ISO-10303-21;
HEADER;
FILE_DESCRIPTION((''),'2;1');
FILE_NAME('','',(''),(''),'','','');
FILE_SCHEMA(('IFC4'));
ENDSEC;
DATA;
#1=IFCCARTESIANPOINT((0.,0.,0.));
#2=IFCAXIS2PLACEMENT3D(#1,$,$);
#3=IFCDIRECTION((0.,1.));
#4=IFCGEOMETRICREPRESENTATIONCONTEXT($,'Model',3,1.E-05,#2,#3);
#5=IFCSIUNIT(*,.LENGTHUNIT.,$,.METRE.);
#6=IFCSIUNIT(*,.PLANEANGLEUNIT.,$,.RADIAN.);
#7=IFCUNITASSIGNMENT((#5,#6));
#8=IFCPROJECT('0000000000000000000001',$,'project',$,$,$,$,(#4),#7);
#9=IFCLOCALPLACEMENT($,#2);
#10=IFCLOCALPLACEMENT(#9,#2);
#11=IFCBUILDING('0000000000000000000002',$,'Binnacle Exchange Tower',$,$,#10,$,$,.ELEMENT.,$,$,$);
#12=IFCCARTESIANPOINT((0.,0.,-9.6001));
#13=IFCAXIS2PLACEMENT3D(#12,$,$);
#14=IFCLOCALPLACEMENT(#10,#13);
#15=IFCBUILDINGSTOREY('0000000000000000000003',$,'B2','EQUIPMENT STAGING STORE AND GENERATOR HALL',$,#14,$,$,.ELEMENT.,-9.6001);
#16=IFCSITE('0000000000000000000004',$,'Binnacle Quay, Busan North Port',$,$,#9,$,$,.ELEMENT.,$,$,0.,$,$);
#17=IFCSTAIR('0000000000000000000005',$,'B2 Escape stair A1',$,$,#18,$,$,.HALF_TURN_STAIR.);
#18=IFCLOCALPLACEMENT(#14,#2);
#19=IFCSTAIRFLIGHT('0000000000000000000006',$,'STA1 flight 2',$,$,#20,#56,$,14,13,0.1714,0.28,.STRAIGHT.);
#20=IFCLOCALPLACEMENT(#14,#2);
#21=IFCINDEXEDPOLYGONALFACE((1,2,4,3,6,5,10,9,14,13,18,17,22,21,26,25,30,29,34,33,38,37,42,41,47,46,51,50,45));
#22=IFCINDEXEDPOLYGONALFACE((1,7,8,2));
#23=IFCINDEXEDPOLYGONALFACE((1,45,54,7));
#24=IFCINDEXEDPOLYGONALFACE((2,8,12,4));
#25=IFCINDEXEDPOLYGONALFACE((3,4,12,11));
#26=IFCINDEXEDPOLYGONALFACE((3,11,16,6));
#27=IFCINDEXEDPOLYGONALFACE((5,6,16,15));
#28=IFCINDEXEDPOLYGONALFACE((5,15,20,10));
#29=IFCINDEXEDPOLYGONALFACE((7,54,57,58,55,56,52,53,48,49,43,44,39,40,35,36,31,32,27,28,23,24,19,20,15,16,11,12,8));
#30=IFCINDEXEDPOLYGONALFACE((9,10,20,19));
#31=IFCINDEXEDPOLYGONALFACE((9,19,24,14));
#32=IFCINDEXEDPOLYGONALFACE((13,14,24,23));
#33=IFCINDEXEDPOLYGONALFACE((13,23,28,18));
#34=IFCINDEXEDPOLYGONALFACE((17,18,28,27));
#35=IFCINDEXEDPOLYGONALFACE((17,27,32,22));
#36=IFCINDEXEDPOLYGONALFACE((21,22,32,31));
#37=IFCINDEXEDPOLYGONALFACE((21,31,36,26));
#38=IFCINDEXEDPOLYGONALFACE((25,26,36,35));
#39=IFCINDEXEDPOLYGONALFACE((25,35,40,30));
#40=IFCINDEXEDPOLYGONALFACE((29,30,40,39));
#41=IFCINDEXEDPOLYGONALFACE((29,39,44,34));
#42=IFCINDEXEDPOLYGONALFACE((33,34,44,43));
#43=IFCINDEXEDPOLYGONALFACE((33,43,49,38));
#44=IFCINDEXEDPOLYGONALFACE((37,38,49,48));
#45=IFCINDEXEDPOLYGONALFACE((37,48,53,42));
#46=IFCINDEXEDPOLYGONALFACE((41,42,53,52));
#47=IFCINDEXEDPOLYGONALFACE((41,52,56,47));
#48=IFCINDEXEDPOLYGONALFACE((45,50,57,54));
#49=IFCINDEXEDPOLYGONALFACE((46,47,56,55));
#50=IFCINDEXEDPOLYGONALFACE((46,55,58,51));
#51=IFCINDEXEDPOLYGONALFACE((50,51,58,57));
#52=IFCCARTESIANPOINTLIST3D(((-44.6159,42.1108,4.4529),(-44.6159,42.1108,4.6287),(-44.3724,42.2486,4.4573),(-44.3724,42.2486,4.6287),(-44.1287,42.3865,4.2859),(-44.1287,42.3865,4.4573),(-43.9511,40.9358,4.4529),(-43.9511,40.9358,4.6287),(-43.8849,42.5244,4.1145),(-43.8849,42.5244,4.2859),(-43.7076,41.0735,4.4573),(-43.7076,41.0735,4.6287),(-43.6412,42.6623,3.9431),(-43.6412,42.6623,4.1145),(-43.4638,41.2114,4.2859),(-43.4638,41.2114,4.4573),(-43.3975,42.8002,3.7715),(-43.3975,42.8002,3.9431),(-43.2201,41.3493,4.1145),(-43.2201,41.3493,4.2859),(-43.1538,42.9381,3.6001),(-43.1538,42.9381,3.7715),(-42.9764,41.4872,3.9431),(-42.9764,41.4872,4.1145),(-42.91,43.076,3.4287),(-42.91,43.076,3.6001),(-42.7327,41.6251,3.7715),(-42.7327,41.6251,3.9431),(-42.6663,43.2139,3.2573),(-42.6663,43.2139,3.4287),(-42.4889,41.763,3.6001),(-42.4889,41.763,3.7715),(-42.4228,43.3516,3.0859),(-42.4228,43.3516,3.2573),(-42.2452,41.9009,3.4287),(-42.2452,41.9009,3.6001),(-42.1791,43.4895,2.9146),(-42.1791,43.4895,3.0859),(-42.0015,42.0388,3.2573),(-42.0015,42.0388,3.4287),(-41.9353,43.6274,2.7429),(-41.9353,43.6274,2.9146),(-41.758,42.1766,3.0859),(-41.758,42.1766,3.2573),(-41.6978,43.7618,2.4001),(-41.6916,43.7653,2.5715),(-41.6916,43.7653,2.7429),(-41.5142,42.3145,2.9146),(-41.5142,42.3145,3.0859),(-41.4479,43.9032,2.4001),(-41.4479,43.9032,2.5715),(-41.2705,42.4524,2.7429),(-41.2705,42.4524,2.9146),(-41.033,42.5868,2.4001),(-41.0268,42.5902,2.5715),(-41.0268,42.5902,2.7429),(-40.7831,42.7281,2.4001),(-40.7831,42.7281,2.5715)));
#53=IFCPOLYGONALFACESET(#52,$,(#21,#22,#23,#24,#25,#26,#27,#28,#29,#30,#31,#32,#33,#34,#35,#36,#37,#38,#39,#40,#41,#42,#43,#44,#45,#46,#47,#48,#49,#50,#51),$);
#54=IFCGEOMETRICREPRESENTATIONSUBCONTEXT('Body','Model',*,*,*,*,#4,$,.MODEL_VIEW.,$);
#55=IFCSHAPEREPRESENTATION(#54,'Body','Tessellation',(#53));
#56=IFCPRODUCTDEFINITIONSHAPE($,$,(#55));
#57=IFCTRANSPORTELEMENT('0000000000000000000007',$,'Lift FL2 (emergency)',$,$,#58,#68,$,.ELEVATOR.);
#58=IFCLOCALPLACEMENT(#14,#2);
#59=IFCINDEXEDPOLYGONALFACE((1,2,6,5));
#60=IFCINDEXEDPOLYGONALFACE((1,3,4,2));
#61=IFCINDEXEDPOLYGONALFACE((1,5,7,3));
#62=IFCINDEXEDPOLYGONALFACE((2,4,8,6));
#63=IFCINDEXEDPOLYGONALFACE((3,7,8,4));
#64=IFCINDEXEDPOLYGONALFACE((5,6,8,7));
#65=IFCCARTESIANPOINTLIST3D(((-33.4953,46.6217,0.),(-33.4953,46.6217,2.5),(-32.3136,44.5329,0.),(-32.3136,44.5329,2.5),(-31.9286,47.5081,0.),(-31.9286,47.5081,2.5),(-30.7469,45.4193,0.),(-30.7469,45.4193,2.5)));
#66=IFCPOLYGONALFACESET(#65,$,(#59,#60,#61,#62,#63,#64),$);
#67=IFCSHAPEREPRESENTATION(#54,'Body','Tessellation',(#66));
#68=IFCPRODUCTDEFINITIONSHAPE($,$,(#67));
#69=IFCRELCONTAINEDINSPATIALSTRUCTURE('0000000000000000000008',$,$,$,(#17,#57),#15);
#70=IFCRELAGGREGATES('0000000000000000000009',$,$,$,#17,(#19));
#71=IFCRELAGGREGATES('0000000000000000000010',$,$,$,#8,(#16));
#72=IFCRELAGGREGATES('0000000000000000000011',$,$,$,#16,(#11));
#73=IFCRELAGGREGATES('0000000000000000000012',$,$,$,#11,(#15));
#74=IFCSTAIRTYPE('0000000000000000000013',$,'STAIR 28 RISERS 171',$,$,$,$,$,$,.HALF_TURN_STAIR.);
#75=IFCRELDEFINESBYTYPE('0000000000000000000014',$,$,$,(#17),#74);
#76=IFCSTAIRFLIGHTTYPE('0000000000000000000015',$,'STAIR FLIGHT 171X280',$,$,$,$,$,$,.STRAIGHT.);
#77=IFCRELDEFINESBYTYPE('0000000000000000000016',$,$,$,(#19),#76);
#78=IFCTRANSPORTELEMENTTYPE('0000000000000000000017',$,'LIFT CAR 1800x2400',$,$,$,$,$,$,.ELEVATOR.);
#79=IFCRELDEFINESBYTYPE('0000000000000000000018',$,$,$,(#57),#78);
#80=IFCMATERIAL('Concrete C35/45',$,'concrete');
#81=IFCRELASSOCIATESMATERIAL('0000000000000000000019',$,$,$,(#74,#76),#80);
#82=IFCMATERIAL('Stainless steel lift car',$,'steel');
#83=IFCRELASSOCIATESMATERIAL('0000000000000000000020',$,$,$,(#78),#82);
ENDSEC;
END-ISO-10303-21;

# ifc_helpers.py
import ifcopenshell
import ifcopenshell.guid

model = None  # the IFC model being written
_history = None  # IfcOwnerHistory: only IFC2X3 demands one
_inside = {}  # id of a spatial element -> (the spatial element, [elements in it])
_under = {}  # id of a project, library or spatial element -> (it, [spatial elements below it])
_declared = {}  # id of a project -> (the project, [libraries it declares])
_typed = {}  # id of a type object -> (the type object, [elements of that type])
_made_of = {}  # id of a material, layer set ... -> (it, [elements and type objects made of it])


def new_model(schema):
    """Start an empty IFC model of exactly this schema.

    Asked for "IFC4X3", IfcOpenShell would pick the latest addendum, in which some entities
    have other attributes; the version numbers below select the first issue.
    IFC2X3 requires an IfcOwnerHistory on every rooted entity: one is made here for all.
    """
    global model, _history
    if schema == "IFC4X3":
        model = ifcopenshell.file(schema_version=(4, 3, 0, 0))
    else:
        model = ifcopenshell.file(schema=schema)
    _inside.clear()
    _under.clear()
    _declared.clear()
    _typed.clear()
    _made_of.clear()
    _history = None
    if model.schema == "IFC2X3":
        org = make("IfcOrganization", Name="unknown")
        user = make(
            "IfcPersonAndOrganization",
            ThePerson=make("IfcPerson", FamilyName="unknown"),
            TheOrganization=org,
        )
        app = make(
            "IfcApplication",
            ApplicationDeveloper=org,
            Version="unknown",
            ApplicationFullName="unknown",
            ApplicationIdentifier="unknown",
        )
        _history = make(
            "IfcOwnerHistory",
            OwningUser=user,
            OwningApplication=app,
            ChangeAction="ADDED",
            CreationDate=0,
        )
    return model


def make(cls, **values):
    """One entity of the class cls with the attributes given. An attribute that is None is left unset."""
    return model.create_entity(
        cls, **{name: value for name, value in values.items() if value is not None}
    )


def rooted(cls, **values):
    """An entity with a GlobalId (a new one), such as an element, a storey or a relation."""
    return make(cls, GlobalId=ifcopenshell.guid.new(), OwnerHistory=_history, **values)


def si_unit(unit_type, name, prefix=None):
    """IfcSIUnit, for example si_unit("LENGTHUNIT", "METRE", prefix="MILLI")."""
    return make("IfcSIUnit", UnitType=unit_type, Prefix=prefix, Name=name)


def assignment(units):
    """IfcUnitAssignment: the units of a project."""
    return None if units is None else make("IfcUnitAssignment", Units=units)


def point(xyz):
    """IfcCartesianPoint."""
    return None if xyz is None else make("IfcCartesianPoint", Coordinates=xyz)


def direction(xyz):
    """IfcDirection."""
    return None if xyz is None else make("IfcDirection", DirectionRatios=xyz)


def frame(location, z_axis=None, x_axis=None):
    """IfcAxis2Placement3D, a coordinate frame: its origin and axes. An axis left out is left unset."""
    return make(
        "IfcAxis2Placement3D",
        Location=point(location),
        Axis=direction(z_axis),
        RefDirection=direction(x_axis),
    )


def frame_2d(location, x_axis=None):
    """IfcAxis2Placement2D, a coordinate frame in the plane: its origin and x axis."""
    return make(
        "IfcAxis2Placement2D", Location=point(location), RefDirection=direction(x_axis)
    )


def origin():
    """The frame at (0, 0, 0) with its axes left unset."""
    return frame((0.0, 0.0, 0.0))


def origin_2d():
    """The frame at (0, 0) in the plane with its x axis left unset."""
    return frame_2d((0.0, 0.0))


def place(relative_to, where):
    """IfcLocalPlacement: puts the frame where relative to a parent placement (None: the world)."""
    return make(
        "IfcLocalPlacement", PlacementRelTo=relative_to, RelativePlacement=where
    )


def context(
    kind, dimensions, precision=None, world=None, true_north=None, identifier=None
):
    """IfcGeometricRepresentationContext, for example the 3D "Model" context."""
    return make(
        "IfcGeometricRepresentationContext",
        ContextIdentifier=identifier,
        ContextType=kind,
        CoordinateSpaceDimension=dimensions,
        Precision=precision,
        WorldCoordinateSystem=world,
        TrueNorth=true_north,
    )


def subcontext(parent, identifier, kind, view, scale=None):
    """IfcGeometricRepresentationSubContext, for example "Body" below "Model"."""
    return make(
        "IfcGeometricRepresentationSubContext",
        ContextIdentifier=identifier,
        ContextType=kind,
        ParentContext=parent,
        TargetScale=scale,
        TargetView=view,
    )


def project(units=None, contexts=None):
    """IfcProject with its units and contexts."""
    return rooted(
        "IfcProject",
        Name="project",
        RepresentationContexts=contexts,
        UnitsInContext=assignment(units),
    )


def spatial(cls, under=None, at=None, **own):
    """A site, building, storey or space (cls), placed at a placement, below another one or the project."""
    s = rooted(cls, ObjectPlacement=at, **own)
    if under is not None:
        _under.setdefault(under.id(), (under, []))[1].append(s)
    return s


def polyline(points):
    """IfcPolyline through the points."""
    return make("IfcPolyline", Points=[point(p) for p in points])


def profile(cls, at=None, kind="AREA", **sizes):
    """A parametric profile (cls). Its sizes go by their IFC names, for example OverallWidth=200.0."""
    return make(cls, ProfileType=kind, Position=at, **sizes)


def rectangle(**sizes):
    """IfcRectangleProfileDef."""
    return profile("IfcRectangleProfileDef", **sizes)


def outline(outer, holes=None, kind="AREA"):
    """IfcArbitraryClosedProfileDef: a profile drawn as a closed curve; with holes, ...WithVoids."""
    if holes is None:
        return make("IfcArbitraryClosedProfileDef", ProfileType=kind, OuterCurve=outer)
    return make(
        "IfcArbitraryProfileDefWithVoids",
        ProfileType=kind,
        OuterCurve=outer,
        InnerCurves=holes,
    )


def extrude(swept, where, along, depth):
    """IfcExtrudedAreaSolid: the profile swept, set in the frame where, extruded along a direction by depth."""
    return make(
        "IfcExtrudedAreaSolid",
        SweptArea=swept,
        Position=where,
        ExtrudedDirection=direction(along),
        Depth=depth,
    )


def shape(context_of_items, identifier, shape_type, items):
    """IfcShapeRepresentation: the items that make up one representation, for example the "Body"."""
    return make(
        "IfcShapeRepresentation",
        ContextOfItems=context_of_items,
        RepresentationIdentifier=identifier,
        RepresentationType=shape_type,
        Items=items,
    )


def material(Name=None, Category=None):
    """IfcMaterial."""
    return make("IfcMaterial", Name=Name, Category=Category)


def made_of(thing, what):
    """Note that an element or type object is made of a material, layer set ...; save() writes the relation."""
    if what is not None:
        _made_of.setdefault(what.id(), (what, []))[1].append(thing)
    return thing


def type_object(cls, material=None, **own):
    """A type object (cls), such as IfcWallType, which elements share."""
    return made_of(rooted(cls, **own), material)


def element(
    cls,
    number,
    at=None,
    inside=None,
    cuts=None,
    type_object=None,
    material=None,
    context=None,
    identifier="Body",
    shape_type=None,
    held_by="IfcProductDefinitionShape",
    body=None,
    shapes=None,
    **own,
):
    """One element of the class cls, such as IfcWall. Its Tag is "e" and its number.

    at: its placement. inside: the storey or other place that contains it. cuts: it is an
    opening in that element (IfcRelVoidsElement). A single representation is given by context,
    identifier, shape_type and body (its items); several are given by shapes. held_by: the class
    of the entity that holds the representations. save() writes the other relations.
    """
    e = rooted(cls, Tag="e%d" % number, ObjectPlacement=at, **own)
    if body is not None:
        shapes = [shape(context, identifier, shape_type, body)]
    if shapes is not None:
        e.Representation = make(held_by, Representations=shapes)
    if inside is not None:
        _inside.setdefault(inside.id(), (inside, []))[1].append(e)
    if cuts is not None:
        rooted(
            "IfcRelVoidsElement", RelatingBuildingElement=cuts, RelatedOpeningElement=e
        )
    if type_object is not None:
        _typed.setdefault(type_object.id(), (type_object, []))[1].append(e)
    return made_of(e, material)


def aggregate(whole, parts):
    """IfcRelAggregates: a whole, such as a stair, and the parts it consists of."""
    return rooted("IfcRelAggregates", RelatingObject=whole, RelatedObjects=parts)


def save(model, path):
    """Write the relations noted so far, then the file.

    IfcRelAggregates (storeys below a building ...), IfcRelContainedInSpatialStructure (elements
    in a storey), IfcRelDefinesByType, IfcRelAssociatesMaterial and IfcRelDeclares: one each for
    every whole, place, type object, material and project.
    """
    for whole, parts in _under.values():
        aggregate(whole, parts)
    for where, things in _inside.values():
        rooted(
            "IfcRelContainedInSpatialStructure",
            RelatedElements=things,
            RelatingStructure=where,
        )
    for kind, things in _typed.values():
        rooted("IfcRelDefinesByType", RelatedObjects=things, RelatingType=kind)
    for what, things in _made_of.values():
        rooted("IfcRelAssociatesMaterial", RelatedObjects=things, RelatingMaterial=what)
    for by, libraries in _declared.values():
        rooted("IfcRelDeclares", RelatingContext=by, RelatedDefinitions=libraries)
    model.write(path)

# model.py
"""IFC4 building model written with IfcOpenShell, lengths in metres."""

from ifc_helpers import new_model, si_unit, direction, frame, origin, origin_2d, place, context, subcontext, project, spatial, polyline, rectangle, outline, extrude, material, type_object, element, aggregate, save


model = new_model("IFC4")

# Units and contexts
model_context = context("Model", 3, precision=1e-05, world=origin(), true_north=direction((0.0, 1.0)))
body_context = subcontext(model_context, "Body", "Model", "MODEL_VIEW")
ifc_project = project(units=[si_unit("LENGTHUNIT", "METRE"), si_unit("PLANEANGLEUNIT", "RADIAN")], contexts=[model_context])

# Site, building, storey
site_placement = place(None, origin())
site = spatial("IfcSite", under=ifc_project, at=site_placement, Name="Binnacle Quay, Busan North Port", CompositionType="ELEMENT", RefElevation=0.0)
building_placement = place(site_placement, origin())
building = spatial("IfcBuilding", under=site, at=building_placement, Name="Binnacle Exchange Tower", CompositionType="ELEMENT")
storey_placement = place(building_placement, frame((0.0, 0.0, -9.6001)))
storey = spatial("IfcBuildingStorey", under=building, at=storey_placement, Name="B2", Description="EQUIPMENT STAGING STORE AND GENERATOR HALL", CompositionType="ELEMENT", Elevation=-9.6001)

# Stair, stair flight
ifc_material_1 = material(Name="Concrete C35/45", Category="concrete")
stair_type = type_object("IfcStairType", Name="STAIR 28 RISERS 171", PredefinedType="HALF_TURN_STAIR", material=ifc_material_1)
stair_placement = place(storey_placement, origin())
stair = element("IfcStair", 1, at=stair_placement, inside=storey, type_object=stair_type, Name="B2 Escape stair A1", PredefinedType="HALF_TURN_STAIR")
stair_flight_type = type_object("IfcStairFlightType", Name="STAIR FLIGHT 171X280", PredefinedType="STRAIGHT", material=ifc_material_1)
stair_flight_placement = place(storey_placement, frame((-41.1155, 43.3157, 2.4001), z_axis=(0.0, 0.0, 1.0), x_axis=(-0.870356, -0.492424, 0.0)))
stair_flight = element("IfcStairFlight", 2, at=stair_flight_placement, type_object=stair_flight_type, Name="STA1 flight 2", NumberOfRisers=14, NumberOfTreads=13, PredefinedType="STRAIGHT", RiserHeight=0.1714, TreadLength=0.28, context=body_context, shape_type="SweptSolid", body=[
    extrude(outline(polyline([(0.0, 0.0), (0.0, 0.1714), (0.28, 0.1714), (0.28, 0.3428), (0.5601, 0.3428), (0.5601, 0.5144), (0.8401, 0.5144), (0.8401, 0.6858), (1.1201, 0.6858), (1.1201, 0.8572), (1.3999, 0.8572), (1.3999, 1.0286), (1.6799, 1.0286), (1.6799, 1.2), (1.96, 1.2), (1.96, 1.3713), (2.24, 1.3713), (2.24, 1.543), (2.52, 1.543), (2.52, 1.7144), (2.8, 1.7144), (2.8, 1.8857), (3.0801, 1.8857), (3.0801, 2.0571), (3.3601, 2.0571), (3.3601, 2.2285), (3.6399, 2.2285), (3.6399, 2.3999), (3.6399, 2.0527), (0.2871, 0.0), (0.0, 0.0)])), frame((0.0, 0.675, 0.0), z_axis=(0.0, -1.0, 0.0), x_axis=(1.0, 0.0, 0.0)), (0.0, 0.0, 1.0), 1.3501),
])
aggregate(stair, [stair_flight])

# Transport element
ifc_material_2 = material(Name="Stainless steel lift car", Category="steel")
transport_element_type = type_object("IfcTransportElementType", Name="LIFT CAR 1800x2400", PredefinedType="ELEVATOR", material=ifc_material_2)
transport_element_placement = place(storey_placement, frame((-32.1211, 46.0205, 0.0), z_axis=(0.0, 0.0, 1.0), x_axis=(0.870356, 0.492424, 0.0)))
element("IfcTransportElement", 3, at=transport_element_placement, inside=storey, type_object=transport_element_type, Name="Lift FL2 (emergency)", PredefinedType="ELEVATOR", context=body_context, shape_type="SweptSolid", body=[
    extrude(rectangle(XDim=1.8, YDim=2.3999, at=origin_2d()), origin(), (0.0, 0.0, 1.0), 2.5),
])

save(model, "model.ifc")
